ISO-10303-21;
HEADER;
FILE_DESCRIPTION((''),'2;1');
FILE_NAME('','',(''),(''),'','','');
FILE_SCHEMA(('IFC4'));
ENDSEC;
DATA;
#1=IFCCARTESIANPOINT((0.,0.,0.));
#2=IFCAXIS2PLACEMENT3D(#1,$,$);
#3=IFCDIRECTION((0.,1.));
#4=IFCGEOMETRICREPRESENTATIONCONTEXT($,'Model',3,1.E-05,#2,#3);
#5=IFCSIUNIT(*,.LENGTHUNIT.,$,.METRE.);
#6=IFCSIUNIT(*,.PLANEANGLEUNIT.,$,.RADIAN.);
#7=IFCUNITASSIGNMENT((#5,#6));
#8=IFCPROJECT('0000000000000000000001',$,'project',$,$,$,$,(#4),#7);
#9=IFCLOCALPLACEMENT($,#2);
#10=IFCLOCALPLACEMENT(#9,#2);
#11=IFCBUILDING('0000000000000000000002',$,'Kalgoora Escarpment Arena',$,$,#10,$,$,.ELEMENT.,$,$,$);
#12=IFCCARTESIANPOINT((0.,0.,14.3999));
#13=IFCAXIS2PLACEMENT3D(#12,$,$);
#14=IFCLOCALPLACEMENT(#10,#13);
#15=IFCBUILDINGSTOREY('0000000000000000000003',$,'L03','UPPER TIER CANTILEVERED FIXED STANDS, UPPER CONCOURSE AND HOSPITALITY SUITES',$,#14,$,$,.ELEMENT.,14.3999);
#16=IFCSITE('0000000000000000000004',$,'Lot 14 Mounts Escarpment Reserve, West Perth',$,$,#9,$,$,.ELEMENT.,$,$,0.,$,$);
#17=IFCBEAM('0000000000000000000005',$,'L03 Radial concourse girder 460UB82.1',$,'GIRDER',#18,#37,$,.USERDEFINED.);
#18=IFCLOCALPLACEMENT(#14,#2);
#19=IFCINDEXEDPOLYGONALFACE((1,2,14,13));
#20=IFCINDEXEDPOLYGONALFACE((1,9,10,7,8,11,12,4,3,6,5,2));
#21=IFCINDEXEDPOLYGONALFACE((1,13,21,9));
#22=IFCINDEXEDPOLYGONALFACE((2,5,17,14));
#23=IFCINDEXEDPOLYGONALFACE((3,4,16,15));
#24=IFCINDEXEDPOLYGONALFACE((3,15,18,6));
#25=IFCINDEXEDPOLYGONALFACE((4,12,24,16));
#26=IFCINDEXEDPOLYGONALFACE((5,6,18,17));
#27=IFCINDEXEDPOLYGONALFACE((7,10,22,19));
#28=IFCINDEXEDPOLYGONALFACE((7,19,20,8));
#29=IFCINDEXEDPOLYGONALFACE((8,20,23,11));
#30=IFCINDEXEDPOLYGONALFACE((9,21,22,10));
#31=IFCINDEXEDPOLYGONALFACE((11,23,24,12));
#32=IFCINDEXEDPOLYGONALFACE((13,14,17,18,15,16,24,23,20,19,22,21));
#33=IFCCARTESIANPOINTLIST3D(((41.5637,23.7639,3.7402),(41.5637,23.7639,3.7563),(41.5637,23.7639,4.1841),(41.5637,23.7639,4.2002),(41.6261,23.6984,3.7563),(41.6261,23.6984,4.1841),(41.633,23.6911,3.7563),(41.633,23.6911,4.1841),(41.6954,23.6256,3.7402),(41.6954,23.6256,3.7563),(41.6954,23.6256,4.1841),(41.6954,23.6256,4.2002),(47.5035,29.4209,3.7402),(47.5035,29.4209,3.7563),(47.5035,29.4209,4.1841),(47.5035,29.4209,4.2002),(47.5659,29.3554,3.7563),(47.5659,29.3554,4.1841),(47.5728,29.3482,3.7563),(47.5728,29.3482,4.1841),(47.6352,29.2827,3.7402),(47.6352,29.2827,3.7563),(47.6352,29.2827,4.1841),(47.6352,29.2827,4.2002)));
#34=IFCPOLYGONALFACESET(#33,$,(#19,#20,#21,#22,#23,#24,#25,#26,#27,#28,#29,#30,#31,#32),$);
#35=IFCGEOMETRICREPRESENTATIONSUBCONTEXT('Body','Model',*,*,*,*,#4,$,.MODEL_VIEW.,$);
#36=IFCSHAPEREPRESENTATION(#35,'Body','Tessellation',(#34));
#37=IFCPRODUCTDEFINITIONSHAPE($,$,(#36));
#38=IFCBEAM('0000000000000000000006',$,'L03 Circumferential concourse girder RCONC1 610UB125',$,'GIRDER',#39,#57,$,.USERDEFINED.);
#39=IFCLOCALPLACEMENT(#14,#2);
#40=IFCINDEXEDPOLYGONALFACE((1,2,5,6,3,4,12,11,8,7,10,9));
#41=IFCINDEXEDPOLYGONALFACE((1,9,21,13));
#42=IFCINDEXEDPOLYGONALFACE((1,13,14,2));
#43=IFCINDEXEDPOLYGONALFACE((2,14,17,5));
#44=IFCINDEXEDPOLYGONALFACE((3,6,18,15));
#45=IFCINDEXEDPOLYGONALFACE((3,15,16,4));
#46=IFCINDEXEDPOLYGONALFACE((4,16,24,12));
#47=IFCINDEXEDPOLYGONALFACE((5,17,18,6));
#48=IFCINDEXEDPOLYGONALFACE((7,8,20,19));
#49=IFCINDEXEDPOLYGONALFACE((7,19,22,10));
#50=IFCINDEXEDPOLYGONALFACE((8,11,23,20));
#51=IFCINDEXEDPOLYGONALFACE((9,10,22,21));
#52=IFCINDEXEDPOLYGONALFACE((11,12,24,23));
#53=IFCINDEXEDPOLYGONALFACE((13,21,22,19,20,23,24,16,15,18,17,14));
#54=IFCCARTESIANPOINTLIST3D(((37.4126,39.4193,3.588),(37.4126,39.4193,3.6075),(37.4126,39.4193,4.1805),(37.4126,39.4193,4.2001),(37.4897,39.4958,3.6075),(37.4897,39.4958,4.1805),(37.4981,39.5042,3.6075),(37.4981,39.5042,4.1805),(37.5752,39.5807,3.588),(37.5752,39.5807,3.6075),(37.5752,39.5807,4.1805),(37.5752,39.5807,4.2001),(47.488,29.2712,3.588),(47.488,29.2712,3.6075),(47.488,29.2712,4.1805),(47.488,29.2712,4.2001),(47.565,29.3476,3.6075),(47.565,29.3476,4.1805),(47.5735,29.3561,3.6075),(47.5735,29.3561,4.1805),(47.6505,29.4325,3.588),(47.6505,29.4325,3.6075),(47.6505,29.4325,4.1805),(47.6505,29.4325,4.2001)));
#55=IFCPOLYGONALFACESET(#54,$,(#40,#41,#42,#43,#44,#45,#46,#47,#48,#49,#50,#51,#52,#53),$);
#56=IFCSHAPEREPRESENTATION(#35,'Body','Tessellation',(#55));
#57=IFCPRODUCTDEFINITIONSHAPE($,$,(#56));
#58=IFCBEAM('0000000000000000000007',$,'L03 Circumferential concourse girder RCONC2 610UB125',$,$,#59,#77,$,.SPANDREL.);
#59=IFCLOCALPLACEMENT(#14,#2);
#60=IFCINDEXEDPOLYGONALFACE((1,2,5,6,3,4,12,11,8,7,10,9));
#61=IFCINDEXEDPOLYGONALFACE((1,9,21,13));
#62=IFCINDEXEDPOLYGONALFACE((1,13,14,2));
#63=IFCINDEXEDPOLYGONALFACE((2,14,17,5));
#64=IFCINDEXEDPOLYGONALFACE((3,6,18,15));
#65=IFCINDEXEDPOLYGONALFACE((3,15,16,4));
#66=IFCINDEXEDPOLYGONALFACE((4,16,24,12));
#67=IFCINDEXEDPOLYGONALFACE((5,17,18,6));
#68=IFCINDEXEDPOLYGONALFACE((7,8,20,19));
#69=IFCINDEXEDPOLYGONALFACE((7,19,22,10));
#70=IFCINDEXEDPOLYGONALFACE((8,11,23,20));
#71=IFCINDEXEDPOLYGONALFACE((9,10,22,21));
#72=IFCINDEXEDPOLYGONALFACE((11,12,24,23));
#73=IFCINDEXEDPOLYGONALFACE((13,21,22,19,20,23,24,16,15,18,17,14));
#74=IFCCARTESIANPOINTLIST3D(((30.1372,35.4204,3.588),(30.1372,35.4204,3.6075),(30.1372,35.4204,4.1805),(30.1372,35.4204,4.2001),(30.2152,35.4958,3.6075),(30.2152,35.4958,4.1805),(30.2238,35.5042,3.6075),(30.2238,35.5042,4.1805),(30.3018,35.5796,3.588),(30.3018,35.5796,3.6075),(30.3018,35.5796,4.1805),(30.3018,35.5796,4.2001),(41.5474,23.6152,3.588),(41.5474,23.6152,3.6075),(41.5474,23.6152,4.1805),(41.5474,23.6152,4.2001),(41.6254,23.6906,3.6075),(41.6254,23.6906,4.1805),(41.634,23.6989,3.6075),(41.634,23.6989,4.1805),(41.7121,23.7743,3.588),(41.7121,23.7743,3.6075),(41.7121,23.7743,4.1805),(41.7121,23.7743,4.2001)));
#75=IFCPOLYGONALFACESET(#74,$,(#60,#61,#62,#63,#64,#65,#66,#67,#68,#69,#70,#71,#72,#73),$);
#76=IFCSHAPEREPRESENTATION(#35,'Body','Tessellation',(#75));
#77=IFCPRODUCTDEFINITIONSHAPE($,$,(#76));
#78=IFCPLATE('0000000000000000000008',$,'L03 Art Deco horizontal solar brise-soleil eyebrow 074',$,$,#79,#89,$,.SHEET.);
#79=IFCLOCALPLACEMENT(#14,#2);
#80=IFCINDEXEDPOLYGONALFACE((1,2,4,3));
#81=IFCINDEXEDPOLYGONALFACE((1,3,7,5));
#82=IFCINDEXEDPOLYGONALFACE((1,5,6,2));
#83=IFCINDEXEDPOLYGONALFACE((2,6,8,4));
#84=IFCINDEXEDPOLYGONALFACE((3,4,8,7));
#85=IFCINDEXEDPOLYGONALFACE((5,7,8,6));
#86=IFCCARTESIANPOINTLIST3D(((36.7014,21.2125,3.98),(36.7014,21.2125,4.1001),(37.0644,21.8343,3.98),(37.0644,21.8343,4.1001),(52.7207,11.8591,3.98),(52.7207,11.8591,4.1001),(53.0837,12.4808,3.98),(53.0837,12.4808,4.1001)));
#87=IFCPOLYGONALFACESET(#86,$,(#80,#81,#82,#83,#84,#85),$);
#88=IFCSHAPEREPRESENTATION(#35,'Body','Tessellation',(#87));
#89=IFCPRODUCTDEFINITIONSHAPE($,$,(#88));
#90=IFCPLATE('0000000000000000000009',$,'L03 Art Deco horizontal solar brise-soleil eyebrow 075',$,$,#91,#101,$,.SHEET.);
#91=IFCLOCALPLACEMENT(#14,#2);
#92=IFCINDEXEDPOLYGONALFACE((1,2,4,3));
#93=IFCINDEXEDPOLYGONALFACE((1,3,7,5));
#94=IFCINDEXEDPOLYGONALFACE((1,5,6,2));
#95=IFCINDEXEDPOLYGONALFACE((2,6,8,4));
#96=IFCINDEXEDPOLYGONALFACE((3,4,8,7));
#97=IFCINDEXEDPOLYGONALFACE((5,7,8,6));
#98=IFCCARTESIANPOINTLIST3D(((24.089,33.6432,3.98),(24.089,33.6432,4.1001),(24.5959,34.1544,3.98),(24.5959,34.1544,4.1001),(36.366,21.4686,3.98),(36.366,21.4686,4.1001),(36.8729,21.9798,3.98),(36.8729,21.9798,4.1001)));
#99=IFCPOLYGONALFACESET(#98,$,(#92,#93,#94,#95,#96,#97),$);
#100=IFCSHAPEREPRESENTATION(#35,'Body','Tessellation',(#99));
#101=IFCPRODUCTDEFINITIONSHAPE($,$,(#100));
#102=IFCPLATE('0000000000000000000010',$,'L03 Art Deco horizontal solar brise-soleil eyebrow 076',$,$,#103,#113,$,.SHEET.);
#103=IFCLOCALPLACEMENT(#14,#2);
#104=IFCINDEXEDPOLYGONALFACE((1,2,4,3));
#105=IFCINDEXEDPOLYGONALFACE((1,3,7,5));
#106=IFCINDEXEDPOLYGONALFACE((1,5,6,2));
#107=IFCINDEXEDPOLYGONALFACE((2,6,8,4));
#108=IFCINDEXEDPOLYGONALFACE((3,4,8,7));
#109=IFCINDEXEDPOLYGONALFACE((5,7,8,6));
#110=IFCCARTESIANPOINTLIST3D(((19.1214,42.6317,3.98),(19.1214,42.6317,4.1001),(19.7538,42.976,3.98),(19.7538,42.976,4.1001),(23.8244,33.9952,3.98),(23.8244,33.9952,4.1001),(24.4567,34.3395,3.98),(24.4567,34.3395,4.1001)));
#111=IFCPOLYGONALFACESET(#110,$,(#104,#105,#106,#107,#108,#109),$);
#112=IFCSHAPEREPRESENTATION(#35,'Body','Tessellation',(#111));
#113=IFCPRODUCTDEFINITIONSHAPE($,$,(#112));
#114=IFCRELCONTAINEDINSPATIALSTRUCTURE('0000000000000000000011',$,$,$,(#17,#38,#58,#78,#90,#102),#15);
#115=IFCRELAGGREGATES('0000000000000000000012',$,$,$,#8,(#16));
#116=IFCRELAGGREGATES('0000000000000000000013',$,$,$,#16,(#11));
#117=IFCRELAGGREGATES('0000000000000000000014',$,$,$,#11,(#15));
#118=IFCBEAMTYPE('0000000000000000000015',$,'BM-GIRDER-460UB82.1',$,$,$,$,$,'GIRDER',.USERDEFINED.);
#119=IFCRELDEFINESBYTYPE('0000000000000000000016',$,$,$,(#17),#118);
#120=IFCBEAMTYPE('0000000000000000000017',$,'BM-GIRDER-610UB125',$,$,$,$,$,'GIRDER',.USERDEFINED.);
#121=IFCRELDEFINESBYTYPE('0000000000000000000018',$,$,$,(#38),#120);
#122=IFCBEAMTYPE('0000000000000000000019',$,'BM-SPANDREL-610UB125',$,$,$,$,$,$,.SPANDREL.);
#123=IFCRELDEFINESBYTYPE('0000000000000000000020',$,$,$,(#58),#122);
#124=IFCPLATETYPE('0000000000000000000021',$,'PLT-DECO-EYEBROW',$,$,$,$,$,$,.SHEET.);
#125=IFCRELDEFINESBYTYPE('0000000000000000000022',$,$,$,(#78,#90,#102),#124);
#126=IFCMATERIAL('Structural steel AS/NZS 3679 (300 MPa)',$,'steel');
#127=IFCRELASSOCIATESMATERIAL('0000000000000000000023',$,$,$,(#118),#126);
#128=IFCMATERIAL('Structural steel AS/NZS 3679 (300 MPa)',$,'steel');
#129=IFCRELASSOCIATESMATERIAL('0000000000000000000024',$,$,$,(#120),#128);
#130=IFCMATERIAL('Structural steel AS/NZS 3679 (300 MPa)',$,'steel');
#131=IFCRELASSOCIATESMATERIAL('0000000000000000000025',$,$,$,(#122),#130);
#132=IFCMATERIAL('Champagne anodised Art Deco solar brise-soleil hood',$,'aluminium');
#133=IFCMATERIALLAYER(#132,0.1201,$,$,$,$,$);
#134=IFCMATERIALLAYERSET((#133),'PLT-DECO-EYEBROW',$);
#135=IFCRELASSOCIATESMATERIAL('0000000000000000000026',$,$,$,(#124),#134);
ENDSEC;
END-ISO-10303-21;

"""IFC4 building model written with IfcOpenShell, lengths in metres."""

from ifc_helpers import new_model, si_unit, direction, frame, origin, origin_2d, place, context, subcontext, project, spatial, rectangle, i_section, extrude, material, layer, layer_set, material_profile, profile_set, type_object, element, save


model = new_model("IFC4")

# Units and contexts
model_context = context("Model", 3, precision=1e-05, world=origin(), true_north=direction((0.0, 1.0)))
body_context = subcontext(model_context, "Body", "Model", "MODEL_VIEW")
ifc_project = project(units=[si_unit("LENGTHUNIT", "METRE"), si_unit("PLANEANGLEUNIT", "RADIAN")], contexts=[model_context])

# Site, building, storey
site_placement = place(None, origin())
site = spatial("IfcSite", under=ifc_project, at=site_placement, Name="Lot 14 Mounts Escarpment Reserve, West Perth", CompositionType="ELEMENT", RefElevation=0.0)
building_placement = place(site_placement, origin())
building = spatial("IfcBuilding", under=site, at=building_placement, Name="Kalgoora Escarpment Arena", CompositionType="ELEMENT")
storey_placement = place(building_placement, frame((0.0, 0.0, 14.3999)))
storey = spatial("IfcBuildingStorey", under=building, at=storey_placement, Name="L03", Description="UPPER TIER CANTILEVERED FIXED STANDS, UPPER CONCOURSE AND HOSPITALITY SUITES", CompositionType="ELEMENT", Elevation=14.3999)

# Beams
ifc_material_1 = material(Name="Structural steel AS/NZS 3679 (300 MPa)", Category="steel")
ifc_material_profile_1 = material_profile(ifc_material_1, i_section(OverallWidth=0.1909, OverallDepth=0.46, WebThickness=0.01, FlangeThickness=0.0161, at=origin_2d()))
ifc_profile_set_1 = profile_set([ifc_material_profile_1], Name="Structural steel AS/NZS 3679 (300 MPa)")
beam_type_1 = type_object("IfcBeamType", Name="BM-GIRDER-460UB82.1", ElementType="GIRDER", PredefinedType="USERDEFINED", material=ifc_profile_set_1)
beam_1_placement = place(storey_placement, frame((47.5693, 29.3518, 3.9702), z_axis=(-0.72413, -0.689663, 0.0), x_axis=(0.689663, -0.72413, 0.0)))
element("IfcBeam", 1, at=beam_1_placement, inside=storey, type_object=beam_type_1, Name="L03 Radial concourse girder 460UB82.1", ObjectType="GIRDER", PredefinedType="USERDEFINED", context=body_context, shape_type="SweptSolid", body=[
    extrude(i_section(OverallWidth=0.1909, OverallDepth=0.46, WebThickness=0.01, FlangeThickness=0.0161, at=origin_2d()), origin(), (0.0, 0.0, 1.0), 8.2026),
])
ifc_material_2 = material(Name="Structural steel AS/NZS 3679 (300 MPa)", Category="steel")
ifc_material_profile_2 = material_profile(ifc_material_2, i_section(OverallWidth=0.229, OverallDepth=0.6121, WebThickness=0.012, FlangeThickness=0.0195, at=origin_2d()))
ifc_profile_set_2 = profile_set([ifc_material_profile_2], Name="Structural steel AS/NZS 3679 (300 MPa)")
beam_type_2 = type_object("IfcBeamType", Name="BM-GIRDER-610UB125", ElementType="GIRDER", PredefinedType="USERDEFINED", material=ifc_profile_set_2)
beam_2_placement = place(storey_placement, frame((37.4939, 39.5, 3.894), z_axis=(0.704558, -0.709646, 0.0), x_axis=(0.709646, 0.704558, 0.0)))
element("IfcBeam", 2, at=beam_2_placement, inside=storey, type_object=beam_type_2, Name="L03 Circumferential concourse girder RCONC1 610UB125", ObjectType="GIRDER", PredefinedType="USERDEFINED", context=body_context, shape_type="SweptSolid", body=[
    extrude(i_section(OverallWidth=0.229, OverallDepth=0.6121, WebThickness=0.012, FlangeThickness=0.0195, at=origin_2d()), origin(), (0.0, 0.0, 1.0), 14.3003),
])
ifc_material_3 = material(Name="Structural steel AS/NZS 3679 (300 MPa)", Category="steel")
ifc_material_profile_3 = material_profile(ifc_material_3, i_section(OverallWidth=0.229, OverallDepth=0.6121, WebThickness=0.012, FlangeThickness=0.0195, at=origin_2d()))
ifc_profile_set_3 = profile_set([ifc_material_profile_3], Name="Structural steel AS/NZS 3679 (300 MPa)")
beam_type_3 = type_object("IfcBeamType", Name="BM-SPANDREL-610UB125", PredefinedType="SPANDREL", material=ifc_profile_set_3)
beam_3_placement = place(storey_placement, frame((30.2195, 35.5, 3.894), z_axis=(0.694974, -0.719034, 0.0), x_axis=(0.719034, 0.694974, 0.0)))
element("IfcBeam", 3, at=beam_3_placement, inside=storey, type_object=beam_type_3, Name="L03 Circumferential concourse girder RCONC2 610UB125", PredefinedType="SPANDREL", context=body_context, shape_type="SweptSolid", body=[
    extrude(i_section(OverallWidth=0.229, OverallDepth=0.6121, WebThickness=0.012, FlangeThickness=0.0195, at=origin_2d()), origin(), (0.0, 0.0, 1.0), 16.4182),
])

# Plates
ifc_material_4 = material(Name="Champagne anodised Art Deco solar brise-soleil hood", Category="aluminium")
ifc_layer_1 = layer(ifc_material_4, 0.1201)
ifc_layer_set_1 = layer_set([ifc_layer_1], Name="PLT-DECO-EYEBROW")
plate_type = type_object("IfcPlateType", Name="PLT-DECO-EYEBROW", PredefinedType="SHEET", material=ifc_layer_set_1)
plate_1_placement = place(storey_placement, frame((44.8926, 16.8467, 3.98), z_axis=(0.0, 0.0, 1.0), x_axis=(-0.863572, 0.504226, 0.0)))
element("IfcPlate", 4, at=plate_1_placement, inside=storey, type_object=plate_type, Name="L03 Art Deco horizontal solar brise-soleil eyebrow 074", PredefinedType="SHEET", context=body_context, shape_type="SweptSolid", body=[
    extrude(rectangle(XDim=18.55, YDim=0.72, at=origin_2d()), origin(), (0.0, 0.0, 1.0), 0.1201),
])
plate_2_placement = place(storey_placement, frame((30.481, 27.8115, 3.98), z_axis=(0.0, 0.0, 1.0), x_axis=(-0.710062, 0.704139, 0.0)))
element("IfcPlate", 5, at=plate_2_placement, inside=storey, type_object=plate_type, Name="L03 Art Deco horizontal solar brise-soleil eyebrow 075", PredefinedType="SHEET", context=body_context, shape_type="SweptSolid", body=[
    extrude(rectangle(XDim=17.29, YDim=0.72, at=origin_2d()), origin(), (0.0, 0.0, 1.0), 0.1201),
])
plate_3_placement = place(storey_placement, frame((21.7891, 38.4856, 3.98), z_axis=(0.0, 0.0, 1.0), x_axis=(-0.478232, 0.878233, 0.0)))
element("IfcPlate", 6, at=plate_3_placement, inside=storey, type_object=plate_type, Name="L03 Art Deco horizontal solar brise-soleil eyebrow 076", PredefinedType="SHEET", context=body_context, shape_type="SweptSolid", body=[
    extrude(rectangle(XDim=9.834, YDim=0.72, at=origin_2d()), origin(), (0.0, 0.0, 1.0), 0.1201),
])

save(model, "model.ifc")
